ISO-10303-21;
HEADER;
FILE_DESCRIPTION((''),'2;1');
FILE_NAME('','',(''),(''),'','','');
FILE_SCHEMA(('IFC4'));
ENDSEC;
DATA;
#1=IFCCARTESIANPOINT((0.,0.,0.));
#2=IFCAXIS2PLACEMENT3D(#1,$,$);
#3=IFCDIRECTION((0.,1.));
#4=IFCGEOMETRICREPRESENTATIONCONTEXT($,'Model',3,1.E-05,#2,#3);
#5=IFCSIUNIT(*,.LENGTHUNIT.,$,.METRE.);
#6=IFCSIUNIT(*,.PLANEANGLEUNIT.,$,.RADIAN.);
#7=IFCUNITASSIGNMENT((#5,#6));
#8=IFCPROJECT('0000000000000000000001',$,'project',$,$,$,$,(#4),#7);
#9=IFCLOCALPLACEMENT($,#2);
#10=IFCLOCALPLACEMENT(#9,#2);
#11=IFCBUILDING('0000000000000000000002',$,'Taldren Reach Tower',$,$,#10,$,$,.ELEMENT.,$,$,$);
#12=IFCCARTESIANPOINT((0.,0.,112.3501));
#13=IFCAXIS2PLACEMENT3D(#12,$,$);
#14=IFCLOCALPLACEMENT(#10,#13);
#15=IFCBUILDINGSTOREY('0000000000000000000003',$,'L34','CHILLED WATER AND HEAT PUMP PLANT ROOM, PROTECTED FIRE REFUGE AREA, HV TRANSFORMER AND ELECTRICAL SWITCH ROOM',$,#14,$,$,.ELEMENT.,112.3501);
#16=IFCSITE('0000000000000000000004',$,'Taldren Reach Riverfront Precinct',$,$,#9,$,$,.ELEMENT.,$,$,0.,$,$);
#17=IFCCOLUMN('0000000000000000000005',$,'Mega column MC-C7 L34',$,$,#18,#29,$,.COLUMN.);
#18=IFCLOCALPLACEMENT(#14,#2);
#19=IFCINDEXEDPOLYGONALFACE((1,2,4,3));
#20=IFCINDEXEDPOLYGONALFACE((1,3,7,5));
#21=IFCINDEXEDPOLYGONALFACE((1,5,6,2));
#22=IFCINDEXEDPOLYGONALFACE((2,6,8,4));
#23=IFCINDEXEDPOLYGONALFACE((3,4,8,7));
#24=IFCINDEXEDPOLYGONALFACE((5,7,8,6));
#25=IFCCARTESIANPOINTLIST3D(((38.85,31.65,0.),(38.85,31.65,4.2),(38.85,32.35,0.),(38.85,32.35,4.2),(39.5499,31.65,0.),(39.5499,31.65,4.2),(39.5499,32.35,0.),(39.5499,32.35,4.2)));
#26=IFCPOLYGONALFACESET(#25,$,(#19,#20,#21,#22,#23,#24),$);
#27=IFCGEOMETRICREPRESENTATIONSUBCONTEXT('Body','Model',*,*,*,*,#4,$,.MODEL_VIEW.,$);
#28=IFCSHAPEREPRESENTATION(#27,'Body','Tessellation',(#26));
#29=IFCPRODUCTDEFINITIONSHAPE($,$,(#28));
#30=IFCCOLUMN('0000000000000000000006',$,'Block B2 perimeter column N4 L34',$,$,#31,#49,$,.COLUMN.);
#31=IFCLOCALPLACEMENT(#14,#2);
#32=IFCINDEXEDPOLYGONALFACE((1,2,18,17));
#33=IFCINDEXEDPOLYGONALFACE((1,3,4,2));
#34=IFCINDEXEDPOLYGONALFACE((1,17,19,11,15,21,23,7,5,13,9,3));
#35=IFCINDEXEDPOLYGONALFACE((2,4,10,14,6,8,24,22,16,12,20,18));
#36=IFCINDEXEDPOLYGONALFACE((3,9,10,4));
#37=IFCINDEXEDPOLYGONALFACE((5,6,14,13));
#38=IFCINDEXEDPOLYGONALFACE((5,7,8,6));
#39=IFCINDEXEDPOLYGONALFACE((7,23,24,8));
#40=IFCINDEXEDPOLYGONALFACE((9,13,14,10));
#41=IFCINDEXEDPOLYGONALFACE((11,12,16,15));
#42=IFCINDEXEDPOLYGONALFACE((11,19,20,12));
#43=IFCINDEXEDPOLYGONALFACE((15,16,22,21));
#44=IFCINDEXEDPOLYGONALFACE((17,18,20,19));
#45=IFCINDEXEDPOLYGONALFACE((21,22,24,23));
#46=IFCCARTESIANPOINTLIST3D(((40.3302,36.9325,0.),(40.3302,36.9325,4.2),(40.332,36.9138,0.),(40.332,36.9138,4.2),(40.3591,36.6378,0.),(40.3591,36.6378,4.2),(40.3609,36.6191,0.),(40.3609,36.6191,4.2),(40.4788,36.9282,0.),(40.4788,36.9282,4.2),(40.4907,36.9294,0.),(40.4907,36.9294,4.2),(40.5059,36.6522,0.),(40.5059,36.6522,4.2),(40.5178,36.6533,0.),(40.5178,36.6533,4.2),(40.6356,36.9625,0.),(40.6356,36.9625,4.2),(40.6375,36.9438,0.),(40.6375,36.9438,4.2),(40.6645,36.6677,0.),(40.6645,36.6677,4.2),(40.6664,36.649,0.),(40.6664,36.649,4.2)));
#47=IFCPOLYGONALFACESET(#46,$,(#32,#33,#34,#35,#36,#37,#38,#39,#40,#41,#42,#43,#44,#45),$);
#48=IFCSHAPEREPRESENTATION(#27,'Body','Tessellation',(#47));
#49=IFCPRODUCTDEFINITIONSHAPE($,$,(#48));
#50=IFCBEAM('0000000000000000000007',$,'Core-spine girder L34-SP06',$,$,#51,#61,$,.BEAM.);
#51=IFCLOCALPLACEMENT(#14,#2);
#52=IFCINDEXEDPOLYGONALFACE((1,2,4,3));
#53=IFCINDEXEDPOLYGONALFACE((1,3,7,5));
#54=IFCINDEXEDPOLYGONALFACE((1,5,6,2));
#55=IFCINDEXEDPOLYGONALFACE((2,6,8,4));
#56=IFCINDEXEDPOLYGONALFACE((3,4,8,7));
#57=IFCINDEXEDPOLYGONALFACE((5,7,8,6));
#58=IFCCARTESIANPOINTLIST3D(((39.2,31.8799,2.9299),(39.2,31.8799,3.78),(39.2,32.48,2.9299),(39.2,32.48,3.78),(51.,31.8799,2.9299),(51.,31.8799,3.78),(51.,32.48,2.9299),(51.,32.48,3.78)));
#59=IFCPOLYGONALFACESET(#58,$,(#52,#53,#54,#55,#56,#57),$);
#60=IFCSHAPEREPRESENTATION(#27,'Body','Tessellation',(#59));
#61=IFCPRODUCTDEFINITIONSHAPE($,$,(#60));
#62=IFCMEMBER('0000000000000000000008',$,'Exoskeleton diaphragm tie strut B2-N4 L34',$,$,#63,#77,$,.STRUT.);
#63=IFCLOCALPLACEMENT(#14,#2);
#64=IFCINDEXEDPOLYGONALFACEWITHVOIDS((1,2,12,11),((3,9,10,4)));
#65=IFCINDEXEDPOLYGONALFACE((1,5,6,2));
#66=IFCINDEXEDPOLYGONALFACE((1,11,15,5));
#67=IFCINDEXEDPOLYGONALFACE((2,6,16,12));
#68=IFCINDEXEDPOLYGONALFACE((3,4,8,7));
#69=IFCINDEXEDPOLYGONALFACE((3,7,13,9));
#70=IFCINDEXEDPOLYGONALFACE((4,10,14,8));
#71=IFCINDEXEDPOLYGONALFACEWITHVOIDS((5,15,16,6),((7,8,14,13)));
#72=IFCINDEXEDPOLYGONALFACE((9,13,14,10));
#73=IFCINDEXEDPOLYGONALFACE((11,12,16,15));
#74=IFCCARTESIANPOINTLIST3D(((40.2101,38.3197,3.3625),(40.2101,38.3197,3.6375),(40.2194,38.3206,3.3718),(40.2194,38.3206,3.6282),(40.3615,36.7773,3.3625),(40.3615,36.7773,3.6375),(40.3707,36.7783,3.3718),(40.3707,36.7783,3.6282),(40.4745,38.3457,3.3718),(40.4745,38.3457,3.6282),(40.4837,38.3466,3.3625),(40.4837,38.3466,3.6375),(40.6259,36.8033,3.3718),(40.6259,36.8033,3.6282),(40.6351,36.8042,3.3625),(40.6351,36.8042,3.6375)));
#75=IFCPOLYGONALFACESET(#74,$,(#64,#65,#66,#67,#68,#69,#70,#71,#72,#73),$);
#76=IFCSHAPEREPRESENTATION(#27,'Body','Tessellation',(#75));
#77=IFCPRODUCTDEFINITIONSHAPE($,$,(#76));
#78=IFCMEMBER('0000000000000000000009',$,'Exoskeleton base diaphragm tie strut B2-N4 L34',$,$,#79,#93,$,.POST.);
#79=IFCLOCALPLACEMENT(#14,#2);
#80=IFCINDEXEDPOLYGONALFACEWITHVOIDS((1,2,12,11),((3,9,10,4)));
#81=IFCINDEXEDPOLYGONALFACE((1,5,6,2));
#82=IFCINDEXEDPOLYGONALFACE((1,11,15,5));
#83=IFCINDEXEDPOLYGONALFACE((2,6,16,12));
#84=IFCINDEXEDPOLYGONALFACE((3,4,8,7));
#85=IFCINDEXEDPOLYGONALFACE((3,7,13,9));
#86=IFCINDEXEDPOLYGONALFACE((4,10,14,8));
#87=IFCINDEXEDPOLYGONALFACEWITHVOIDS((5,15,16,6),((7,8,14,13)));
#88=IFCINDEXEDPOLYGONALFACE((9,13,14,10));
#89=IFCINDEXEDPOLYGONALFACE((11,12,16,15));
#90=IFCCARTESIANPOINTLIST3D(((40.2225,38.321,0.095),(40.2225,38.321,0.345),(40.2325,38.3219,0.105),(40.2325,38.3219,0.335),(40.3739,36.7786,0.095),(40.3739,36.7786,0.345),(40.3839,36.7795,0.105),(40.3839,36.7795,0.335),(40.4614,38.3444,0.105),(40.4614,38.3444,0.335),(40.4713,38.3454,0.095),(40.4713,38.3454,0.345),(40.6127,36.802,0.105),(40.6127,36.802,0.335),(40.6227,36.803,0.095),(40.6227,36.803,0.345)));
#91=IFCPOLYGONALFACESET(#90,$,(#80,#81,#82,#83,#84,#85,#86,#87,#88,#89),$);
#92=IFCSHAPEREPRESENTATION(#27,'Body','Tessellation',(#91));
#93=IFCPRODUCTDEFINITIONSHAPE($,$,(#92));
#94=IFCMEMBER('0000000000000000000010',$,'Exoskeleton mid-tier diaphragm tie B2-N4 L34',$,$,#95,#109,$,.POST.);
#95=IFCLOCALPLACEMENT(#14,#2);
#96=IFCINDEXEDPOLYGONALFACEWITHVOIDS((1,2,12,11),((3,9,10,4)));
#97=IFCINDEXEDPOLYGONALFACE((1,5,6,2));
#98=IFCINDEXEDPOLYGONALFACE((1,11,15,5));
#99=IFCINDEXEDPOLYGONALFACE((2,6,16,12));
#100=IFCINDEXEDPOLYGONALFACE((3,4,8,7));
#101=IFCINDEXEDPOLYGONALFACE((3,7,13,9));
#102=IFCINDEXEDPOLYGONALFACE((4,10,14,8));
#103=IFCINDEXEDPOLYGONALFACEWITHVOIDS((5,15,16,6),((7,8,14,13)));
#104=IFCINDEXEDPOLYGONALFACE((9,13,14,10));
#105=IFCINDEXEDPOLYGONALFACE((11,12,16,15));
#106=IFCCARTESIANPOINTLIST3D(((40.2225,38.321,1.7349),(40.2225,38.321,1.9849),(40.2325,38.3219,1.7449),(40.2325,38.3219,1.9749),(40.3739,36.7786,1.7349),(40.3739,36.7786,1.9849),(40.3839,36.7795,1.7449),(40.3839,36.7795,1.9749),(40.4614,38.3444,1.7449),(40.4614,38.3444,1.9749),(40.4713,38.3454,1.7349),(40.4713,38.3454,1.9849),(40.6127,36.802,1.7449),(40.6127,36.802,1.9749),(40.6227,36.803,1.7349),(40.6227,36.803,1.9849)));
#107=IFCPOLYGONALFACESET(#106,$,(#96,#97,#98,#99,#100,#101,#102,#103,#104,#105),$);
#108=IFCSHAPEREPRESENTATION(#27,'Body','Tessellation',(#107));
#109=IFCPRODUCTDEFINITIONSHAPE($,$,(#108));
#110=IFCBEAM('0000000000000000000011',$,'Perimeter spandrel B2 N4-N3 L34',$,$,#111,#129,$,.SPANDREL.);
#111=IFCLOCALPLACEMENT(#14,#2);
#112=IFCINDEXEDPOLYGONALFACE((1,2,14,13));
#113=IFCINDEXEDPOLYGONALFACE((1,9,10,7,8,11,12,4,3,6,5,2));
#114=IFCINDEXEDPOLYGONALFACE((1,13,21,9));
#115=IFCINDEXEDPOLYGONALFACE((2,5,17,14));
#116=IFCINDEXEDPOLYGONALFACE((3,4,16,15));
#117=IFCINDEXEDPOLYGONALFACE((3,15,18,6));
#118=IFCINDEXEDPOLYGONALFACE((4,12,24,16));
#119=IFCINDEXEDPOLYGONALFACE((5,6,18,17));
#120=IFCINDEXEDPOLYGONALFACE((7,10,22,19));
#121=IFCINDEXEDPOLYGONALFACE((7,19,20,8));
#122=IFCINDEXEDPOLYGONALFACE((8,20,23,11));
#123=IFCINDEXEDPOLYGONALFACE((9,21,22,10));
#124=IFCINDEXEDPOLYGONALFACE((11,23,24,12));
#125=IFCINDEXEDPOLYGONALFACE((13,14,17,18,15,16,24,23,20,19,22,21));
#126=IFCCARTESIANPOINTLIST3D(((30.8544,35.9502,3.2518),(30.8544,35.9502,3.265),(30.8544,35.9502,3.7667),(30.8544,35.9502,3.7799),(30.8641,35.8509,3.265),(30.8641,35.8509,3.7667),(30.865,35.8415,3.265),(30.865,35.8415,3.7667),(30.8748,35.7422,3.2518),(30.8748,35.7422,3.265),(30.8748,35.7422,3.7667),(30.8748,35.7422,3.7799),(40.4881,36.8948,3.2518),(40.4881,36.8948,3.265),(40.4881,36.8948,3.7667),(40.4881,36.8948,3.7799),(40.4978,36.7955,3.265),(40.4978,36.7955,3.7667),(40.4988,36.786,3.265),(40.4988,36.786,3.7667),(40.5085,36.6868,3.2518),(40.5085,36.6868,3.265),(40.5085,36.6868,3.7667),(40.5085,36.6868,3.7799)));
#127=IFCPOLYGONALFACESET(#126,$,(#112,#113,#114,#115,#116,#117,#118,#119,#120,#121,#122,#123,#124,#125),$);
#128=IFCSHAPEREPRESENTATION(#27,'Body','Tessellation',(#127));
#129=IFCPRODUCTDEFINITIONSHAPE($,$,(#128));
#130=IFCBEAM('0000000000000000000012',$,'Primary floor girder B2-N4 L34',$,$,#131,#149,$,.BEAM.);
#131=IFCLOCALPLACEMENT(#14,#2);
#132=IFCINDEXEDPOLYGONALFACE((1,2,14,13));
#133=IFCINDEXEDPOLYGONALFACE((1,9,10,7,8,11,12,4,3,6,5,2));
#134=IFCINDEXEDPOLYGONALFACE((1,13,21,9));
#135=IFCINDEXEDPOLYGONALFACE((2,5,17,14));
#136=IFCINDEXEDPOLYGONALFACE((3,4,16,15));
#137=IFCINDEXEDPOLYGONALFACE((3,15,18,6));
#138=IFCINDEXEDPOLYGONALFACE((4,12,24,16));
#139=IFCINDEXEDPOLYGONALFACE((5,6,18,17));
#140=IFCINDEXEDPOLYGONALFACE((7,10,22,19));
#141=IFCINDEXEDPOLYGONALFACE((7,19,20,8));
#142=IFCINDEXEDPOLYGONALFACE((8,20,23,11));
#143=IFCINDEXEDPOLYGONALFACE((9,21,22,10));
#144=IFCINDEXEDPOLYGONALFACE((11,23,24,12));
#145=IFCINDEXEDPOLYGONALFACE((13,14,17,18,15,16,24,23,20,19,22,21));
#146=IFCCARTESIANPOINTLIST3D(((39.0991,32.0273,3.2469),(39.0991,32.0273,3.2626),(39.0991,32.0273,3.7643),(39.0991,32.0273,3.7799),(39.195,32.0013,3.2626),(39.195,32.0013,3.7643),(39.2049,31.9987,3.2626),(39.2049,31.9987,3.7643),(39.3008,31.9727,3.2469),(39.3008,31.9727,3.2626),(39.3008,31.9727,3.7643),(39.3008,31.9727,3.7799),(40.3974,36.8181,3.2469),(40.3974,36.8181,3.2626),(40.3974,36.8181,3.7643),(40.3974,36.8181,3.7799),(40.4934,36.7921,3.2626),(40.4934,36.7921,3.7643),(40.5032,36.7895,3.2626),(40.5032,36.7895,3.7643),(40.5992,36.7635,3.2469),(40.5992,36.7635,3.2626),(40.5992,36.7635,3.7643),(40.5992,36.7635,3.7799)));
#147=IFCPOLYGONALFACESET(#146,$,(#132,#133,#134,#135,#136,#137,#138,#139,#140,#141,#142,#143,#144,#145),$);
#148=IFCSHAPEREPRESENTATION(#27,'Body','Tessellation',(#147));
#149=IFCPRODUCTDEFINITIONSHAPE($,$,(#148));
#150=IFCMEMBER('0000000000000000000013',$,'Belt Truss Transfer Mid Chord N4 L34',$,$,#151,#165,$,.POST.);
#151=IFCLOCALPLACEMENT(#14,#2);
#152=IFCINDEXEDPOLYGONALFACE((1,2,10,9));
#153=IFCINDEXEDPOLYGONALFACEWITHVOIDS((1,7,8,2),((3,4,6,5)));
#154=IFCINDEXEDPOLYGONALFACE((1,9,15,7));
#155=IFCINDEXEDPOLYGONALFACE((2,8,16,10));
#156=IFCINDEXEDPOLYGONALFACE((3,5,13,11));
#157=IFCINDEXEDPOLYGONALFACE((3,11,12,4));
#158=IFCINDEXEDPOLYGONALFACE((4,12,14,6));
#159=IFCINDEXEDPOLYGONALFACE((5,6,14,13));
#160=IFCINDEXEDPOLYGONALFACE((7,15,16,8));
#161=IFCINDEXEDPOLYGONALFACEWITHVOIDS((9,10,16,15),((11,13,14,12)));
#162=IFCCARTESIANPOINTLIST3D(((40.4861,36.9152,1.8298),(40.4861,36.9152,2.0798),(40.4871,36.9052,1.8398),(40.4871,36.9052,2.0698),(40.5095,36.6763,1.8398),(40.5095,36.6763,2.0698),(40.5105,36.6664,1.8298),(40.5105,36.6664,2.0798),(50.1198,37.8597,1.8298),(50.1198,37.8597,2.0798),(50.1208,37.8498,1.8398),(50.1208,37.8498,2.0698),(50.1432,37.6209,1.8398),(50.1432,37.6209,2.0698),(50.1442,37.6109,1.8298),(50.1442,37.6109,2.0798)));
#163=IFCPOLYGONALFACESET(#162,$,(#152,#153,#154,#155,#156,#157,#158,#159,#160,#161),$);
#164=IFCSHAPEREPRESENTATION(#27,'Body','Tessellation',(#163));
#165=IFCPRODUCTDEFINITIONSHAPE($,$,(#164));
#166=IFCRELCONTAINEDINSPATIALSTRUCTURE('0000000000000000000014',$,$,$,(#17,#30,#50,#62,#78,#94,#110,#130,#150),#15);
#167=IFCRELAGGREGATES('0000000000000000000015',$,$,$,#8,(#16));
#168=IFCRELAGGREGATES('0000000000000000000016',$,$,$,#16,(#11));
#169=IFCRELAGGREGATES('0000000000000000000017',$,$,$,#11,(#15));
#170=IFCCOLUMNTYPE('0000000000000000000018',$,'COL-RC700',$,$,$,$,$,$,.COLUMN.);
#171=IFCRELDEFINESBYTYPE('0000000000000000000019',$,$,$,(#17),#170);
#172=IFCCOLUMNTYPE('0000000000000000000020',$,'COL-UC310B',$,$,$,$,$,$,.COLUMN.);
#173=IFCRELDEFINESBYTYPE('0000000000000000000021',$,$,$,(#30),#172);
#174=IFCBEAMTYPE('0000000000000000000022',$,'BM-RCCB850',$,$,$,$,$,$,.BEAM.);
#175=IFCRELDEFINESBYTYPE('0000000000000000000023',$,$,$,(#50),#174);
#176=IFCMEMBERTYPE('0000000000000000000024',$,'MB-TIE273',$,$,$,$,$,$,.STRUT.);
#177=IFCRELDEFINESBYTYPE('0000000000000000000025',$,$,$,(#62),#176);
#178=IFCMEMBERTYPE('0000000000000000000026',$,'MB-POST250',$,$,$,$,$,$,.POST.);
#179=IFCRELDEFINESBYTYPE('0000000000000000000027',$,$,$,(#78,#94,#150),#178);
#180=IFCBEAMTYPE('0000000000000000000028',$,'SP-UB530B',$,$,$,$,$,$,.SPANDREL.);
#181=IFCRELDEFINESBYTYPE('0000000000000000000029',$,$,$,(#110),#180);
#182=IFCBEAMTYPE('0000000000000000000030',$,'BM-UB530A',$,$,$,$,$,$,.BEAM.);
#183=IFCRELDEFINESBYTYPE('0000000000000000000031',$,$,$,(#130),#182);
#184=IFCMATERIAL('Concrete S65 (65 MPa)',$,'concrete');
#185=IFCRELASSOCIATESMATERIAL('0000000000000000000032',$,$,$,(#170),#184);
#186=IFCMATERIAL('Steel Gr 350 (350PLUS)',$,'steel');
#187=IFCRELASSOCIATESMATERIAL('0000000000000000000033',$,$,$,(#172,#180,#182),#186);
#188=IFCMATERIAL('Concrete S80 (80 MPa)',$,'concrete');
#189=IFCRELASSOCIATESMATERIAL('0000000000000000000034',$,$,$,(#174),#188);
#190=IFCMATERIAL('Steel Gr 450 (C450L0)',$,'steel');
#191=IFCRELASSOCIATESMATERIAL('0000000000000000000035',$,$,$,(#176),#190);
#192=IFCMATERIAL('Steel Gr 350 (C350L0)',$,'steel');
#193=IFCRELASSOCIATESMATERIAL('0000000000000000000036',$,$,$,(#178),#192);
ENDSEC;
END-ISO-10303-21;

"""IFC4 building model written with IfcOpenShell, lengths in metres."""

from ifc_helpers import new_model, si_unit, direction, frame, origin, origin_2d, place, context, subcontext, project, spatial, rectangle, hollow_rectangle, i_section, extrude, source, transform, mapped, material, material_profile, profile_set, type_object, element, save


model = new_model("IFC4")

# Units and contexts
model_context = context("Model", 3, precision=1e-05, world=origin(), true_north=direction((0.0, 1.0)))
body_context = subcontext(model_context, "Body", "Model", "MODEL_VIEW")
ifc_project = project(units=[si_unit("LENGTHUNIT", "METRE"), si_unit("PLANEANGLEUNIT", "RADIAN")], contexts=[model_context])

# Site, building, storey
site_placement = place(None, origin())
site = spatial("IfcSite", under=ifc_project, at=site_placement, Name="Taldren Reach Riverfront Precinct", CompositionType="ELEMENT", RefElevation=0.0)
building_placement = place(site_placement, origin())
building = spatial("IfcBuilding", under=site, at=building_placement, Name="Taldren Reach Tower", CompositionType="ELEMENT")
storey_placement = place(building_placement, frame((0.0, 0.0, 112.3501)))
storey = spatial("IfcBuildingStorey", under=building, at=storey_placement, Name="L34", Description="CHILLED WATER AND HEAT PUMP PLANT ROOM, PROTECTED FIRE REFUGE AREA, HV TRANSFORMER AND ELECTRICAL SWITCH ROOM", CompositionType="ELEMENT", Elevation=112.3501)

# Columns
ifc_material_1 = material(Name="Concrete S65 (65 MPa)", Category="concrete")
ifc_material_profile_1 = material_profile(ifc_material_1, rectangle(XDim=0.7, YDim=0.7, at=origin_2d()), Name="RC-700x700")
ifc_profile_set_1 = profile_set([ifc_material_profile_1], Name="Concrete S65 (65 MPa)")
column_type_1 = type_object("IfcColumnType", Name="COL-RC700", PredefinedType="COLUMN", material=ifc_profile_set_1)
shared_shape_1 = source(origin(), body_context, "Body", "SweptSolid", [
    extrude(rectangle(XDim=0.7, YDim=0.7, at=origin_2d()), origin(), (0.0, 0.0, 1.0), 4.2),
])
column_1_placement = place(storey_placement, frame((39.2, 32.0, 0.0), z_axis=(0.0, 0.0, 1.0), x_axis=(1.0, 0.0, 0.0)))
element("IfcColumn", 1, at=column_1_placement, inside=storey, type_object=column_type_1, Name="Mega column MC-C7 L34", PredefinedType="COLUMN", context=body_context, shape_type="MappedRepresentation", body=[
    mapped(shared_shape_1, transform((0.0, 0.0, 0.0), scale=1.0)),
])
ifc_material_2 = material(Name="Steel Gr 350 (350PLUS)", Category="steel")
ifc_material_profile_2 = material_profile(ifc_material_2, i_section(OverallWidth=0.3069, OverallDepth=0.3149, WebThickness=0.012, FlangeThickness=0.0188, at=origin_2d()), Name="310UC118")
ifc_profile_set_2 = profile_set([ifc_material_profile_2], Name="Steel Gr 350 (350PLUS)")
column_type_2 = type_object("IfcColumnType", Name="COL-UC310B", PredefinedType="COLUMN", material=ifc_profile_set_2)
shared_shape_2 = source(origin(), body_context, "Body", "SweptSolid", [
    extrude(i_section(OverallWidth=0.3069, OverallDepth=0.3149, WebThickness=0.012, FlangeThickness=0.0188, at=origin_2d()), origin(), (0.0, 0.0, 1.0), 4.2),
])
column_2_placement = place(storey_placement, frame((40.4983, 36.7908, 0.0), z_axis=(0.0, 0.0, 1.0), x_axis=(0.995227, 0.097583, 0.0)))
element("IfcColumn", 2, at=column_2_placement, inside=storey, type_object=column_type_2, Name="Block B2 perimeter column N4 L34", PredefinedType="COLUMN", context=body_context, shape_type="MappedRepresentation", body=[
    mapped(shared_shape_2, transform((0.0, 0.0, 0.0), scale=1.0)),
])

# Beam
ifc_material_3 = material(Name="Concrete S80 (80 MPa)", Category="concrete")
ifc_material_profile_3 = material_profile(ifc_material_3, rectangle(XDim=0.6001, YDim=0.8501, at=origin_2d()), Name="RC-CB600x850")
ifc_profile_set_3 = profile_set([ifc_material_profile_3], Name="Concrete S80 (80 MPa)")
beam_type_1 = type_object("IfcBeamType", Name="BM-RCCB850", PredefinedType="BEAM", material=ifc_profile_set_3)
shared_shape_3 = source(origin(), body_context, "Body", "SweptSolid", [
    extrude(rectangle(XDim=0.6001, YDim=0.8501, at=origin_2d()), origin(), (0.0, 0.0, 1.0), 11.8),
])
beam_1_placement = place(storey_placement, frame((39.2, 32.1799, 3.355), z_axis=(1.0, 0.0, 0.0), x_axis=(0.0, 1.0, 0.0)))
element("IfcBeam", 3, at=beam_1_placement, inside=storey, type_object=beam_type_1, Name="Core-spine girder L34-SP06", PredefinedType="BEAM", context=body_context, shape_type="MappedRepresentation", body=[
    mapped(shared_shape_3, transform((0.0, 0.0, 0.0), scale=1.0)),
])

# Members
ifc_material_4 = material(Name="Steel Gr 450 (C450L0)", Category="steel")
ifc_material_profile_4 = material_profile(ifc_material_4, hollow_rectangle(XDim=0.2749, YDim=0.2749, WallThickness=0.0093, at=origin_2d()), Name="275x275x9.3SHS")
ifc_profile_set_4 = profile_set([ifc_material_profile_4], Name="Steel Gr 450 (C450L0)")
member_type_1 = type_object("IfcMemberType", Name="MB-TIE273", PredefinedType="STRUT", material=ifc_profile_set_4)
shared_shape_4 = source(origin(), body_context, "Body", "SweptSolid", [
    extrude(hollow_rectangle(XDim=0.2749, YDim=0.2749, WallThickness=0.0093, at=origin_2d()), origin(), (0.0, 0.0, 1.0), 1.5498),
])
member_1_placement = place(storey_placement, frame((40.4983, 36.7908, 3.5), z_axis=(-0.097663, 0.99522, 0.0), x_axis=(-0.99522, -0.097663, 0.0)))
element("IfcMember", 4, at=member_1_placement, inside=storey, type_object=member_type_1, Name="Exoskeleton diaphragm tie strut B2-N4 L34", PredefinedType="STRUT", context=body_context, shape_type="MappedRepresentation", body=[
    mapped(shared_shape_4, transform((0.0, 0.0, 0.0), scale=1.0)),
])
ifc_material_5 = material(Name="Steel Gr 350 (C350L0)", Category="steel")
ifc_material_profile_5 = material_profile(ifc_material_5, hollow_rectangle(XDim=0.25, YDim=0.25, WallThickness=0.01, at=origin_2d()), Name="250x250x10.0SHS")
ifc_profile_set_5 = profile_set([ifc_material_profile_5], Name="Steel Gr 350 (C350L0)")
member_type_2 = type_object("IfcMemberType", Name="MB-POST250", PredefinedType="POST", material=ifc_profile_set_5)
shared_shape_5 = source(origin(), body_context, "Body", "SweptSolid", [
    extrude(hollow_rectangle(XDim=0.25, YDim=0.25, WallThickness=0.01, at=origin_2d()), origin(), (0.0, 0.0, 1.0), 1.5498),
])
for number, where, z_axis, x_axis, name in (
    (5, (40.4983, 36.7908, 0.22), (-0.097663, 0.99522, 0.0), (-0.99522, -0.097663, 0.0), "Exoskeleton base diaphragm tie strut B2-N4 L34"),
    (6, (40.4983, 36.7908, 1.8599), (-0.097663, 0.99522, 0.0), (-0.99522, -0.097663, 0.0), "Exoskeleton mid-tier diaphragm tie B2-N4 L34"),
):
    element("IfcMember", number, at=place(storey_placement, frame(where, z_axis=z_axis, x_axis=x_axis)), inside=storey, type_object=member_type_2, Name=name, PredefinedType="POST", context=body_context, shape_type="MappedRepresentation", body=[
        mapped(shared_shape_5, transform((0.0, 0.0, 0.0), scale=1.0)),
    ])

# Beams
ifc_material_profile_6 = material_profile(ifc_material_2, i_section(OverallWidth=0.209, OverallDepth=0.5281, WebThickness=0.0095, FlangeThickness=0.0132, at=origin_2d()), Name="530UB82.0")
ifc_profile_set_6 = profile_set([ifc_material_profile_6], Name="Steel Gr 350 (350PLUS)")
beam_type_2 = type_object("IfcBeamType", Name="SP-UB530B", PredefinedType="SPANDREL", material=ifc_profile_set_6)
shared_shape_6 = source(origin(), body_context, "Body", "SweptSolid", [
    extrude(i_section(OverallWidth=0.209, OverallDepth=0.5281, WebThickness=0.0095, FlangeThickness=0.0132, at=origin_2d()), origin(), (0.0, 0.0, 1.0), 9.6799),
])
beam_2_placement = place(storey_placement, frame((40.4983, 36.7908, 3.5159), z_axis=(-0.995228, -0.097581, 0.0), x_axis=(0.097581, -0.995228, 0.0)))
element("IfcBeam", 7, at=beam_2_placement, inside=storey, type_object=beam_type_2, Name="Perimeter spandrel B2 N4-N3 L34", PredefinedType="SPANDREL", context=body_context, shape_type="MappedRepresentation", body=[
    mapped(shared_shape_6, transform((0.0, 0.0, 0.0), scale=1.0)),
])
ifc_material_profile_7 = material_profile(ifc_material_2, i_section(OverallWidth=0.209, OverallDepth=0.533, WebThickness=0.0103, FlangeThickness=0.0156, at=origin_2d()), Name="530UB92.4")
ifc_profile_set_7 = profile_set([ifc_material_profile_7], Name="Steel Gr 350 (350PLUS)")
beam_type_3 = type_object("IfcBeamType", Name="BM-UB530A", PredefinedType="BEAM", material=ifc_profile_set_7)
shared_shape_7 = source(origin(), body_context, "Body", "SweptSolid", [
    extrude(i_section(OverallWidth=0.209, OverallDepth=0.533, WebThickness=0.0103, FlangeThickness=0.0156, at=origin_2d()), origin(), (0.0, 0.0, 1.0), 4.9636),
])
beam_3_placement = place(storey_placement, frame((39.2, 32.0, 3.5134), z_axis=(0.261573, 0.965184, 0.0), x_axis=(-0.965184, 0.261573, 0.0)))
element("IfcBeam", 8, at=beam_3_placement, inside=storey, type_object=beam_type_3, Name="Primary floor girder B2-N4 L34", PredefinedType="BEAM", context=body_context, shape_type="MappedRepresentation", body=[
    mapped(shared_shape_7, transform((0.0, 0.0, 0.0), scale=1.0)),
])

# Member
shared_shape_8 = source(origin(), body_context, "Body", "SweptSolid", [
    extrude(hollow_rectangle(XDim=0.25, YDim=0.25, WallThickness=0.01, at=origin_2d()), origin(), (0.0, 0.0, 1.0), 9.6799),
])
for number, where, z_axis, x_axis, name in (
    (9, (40.4983, 36.7908, 1.9548), (0.995228, 0.097581, 0.0), (-0.097581, 0.995228, 0.0), "Belt Truss Transfer Mid Chord N4 L34"),
):
    element("IfcMember", number, at=place(storey_placement, frame(where, z_axis=z_axis, x_axis=x_axis)), inside=storey, type_object=member_type_2, Name=name, PredefinedType="POST", context=body_context, shape_type="MappedRepresentation", body=[
        mapped(shared_shape_8, transform((0.0, 0.0, 0.0), scale=1.0)),
    ])

save(model, "model.ifc")
